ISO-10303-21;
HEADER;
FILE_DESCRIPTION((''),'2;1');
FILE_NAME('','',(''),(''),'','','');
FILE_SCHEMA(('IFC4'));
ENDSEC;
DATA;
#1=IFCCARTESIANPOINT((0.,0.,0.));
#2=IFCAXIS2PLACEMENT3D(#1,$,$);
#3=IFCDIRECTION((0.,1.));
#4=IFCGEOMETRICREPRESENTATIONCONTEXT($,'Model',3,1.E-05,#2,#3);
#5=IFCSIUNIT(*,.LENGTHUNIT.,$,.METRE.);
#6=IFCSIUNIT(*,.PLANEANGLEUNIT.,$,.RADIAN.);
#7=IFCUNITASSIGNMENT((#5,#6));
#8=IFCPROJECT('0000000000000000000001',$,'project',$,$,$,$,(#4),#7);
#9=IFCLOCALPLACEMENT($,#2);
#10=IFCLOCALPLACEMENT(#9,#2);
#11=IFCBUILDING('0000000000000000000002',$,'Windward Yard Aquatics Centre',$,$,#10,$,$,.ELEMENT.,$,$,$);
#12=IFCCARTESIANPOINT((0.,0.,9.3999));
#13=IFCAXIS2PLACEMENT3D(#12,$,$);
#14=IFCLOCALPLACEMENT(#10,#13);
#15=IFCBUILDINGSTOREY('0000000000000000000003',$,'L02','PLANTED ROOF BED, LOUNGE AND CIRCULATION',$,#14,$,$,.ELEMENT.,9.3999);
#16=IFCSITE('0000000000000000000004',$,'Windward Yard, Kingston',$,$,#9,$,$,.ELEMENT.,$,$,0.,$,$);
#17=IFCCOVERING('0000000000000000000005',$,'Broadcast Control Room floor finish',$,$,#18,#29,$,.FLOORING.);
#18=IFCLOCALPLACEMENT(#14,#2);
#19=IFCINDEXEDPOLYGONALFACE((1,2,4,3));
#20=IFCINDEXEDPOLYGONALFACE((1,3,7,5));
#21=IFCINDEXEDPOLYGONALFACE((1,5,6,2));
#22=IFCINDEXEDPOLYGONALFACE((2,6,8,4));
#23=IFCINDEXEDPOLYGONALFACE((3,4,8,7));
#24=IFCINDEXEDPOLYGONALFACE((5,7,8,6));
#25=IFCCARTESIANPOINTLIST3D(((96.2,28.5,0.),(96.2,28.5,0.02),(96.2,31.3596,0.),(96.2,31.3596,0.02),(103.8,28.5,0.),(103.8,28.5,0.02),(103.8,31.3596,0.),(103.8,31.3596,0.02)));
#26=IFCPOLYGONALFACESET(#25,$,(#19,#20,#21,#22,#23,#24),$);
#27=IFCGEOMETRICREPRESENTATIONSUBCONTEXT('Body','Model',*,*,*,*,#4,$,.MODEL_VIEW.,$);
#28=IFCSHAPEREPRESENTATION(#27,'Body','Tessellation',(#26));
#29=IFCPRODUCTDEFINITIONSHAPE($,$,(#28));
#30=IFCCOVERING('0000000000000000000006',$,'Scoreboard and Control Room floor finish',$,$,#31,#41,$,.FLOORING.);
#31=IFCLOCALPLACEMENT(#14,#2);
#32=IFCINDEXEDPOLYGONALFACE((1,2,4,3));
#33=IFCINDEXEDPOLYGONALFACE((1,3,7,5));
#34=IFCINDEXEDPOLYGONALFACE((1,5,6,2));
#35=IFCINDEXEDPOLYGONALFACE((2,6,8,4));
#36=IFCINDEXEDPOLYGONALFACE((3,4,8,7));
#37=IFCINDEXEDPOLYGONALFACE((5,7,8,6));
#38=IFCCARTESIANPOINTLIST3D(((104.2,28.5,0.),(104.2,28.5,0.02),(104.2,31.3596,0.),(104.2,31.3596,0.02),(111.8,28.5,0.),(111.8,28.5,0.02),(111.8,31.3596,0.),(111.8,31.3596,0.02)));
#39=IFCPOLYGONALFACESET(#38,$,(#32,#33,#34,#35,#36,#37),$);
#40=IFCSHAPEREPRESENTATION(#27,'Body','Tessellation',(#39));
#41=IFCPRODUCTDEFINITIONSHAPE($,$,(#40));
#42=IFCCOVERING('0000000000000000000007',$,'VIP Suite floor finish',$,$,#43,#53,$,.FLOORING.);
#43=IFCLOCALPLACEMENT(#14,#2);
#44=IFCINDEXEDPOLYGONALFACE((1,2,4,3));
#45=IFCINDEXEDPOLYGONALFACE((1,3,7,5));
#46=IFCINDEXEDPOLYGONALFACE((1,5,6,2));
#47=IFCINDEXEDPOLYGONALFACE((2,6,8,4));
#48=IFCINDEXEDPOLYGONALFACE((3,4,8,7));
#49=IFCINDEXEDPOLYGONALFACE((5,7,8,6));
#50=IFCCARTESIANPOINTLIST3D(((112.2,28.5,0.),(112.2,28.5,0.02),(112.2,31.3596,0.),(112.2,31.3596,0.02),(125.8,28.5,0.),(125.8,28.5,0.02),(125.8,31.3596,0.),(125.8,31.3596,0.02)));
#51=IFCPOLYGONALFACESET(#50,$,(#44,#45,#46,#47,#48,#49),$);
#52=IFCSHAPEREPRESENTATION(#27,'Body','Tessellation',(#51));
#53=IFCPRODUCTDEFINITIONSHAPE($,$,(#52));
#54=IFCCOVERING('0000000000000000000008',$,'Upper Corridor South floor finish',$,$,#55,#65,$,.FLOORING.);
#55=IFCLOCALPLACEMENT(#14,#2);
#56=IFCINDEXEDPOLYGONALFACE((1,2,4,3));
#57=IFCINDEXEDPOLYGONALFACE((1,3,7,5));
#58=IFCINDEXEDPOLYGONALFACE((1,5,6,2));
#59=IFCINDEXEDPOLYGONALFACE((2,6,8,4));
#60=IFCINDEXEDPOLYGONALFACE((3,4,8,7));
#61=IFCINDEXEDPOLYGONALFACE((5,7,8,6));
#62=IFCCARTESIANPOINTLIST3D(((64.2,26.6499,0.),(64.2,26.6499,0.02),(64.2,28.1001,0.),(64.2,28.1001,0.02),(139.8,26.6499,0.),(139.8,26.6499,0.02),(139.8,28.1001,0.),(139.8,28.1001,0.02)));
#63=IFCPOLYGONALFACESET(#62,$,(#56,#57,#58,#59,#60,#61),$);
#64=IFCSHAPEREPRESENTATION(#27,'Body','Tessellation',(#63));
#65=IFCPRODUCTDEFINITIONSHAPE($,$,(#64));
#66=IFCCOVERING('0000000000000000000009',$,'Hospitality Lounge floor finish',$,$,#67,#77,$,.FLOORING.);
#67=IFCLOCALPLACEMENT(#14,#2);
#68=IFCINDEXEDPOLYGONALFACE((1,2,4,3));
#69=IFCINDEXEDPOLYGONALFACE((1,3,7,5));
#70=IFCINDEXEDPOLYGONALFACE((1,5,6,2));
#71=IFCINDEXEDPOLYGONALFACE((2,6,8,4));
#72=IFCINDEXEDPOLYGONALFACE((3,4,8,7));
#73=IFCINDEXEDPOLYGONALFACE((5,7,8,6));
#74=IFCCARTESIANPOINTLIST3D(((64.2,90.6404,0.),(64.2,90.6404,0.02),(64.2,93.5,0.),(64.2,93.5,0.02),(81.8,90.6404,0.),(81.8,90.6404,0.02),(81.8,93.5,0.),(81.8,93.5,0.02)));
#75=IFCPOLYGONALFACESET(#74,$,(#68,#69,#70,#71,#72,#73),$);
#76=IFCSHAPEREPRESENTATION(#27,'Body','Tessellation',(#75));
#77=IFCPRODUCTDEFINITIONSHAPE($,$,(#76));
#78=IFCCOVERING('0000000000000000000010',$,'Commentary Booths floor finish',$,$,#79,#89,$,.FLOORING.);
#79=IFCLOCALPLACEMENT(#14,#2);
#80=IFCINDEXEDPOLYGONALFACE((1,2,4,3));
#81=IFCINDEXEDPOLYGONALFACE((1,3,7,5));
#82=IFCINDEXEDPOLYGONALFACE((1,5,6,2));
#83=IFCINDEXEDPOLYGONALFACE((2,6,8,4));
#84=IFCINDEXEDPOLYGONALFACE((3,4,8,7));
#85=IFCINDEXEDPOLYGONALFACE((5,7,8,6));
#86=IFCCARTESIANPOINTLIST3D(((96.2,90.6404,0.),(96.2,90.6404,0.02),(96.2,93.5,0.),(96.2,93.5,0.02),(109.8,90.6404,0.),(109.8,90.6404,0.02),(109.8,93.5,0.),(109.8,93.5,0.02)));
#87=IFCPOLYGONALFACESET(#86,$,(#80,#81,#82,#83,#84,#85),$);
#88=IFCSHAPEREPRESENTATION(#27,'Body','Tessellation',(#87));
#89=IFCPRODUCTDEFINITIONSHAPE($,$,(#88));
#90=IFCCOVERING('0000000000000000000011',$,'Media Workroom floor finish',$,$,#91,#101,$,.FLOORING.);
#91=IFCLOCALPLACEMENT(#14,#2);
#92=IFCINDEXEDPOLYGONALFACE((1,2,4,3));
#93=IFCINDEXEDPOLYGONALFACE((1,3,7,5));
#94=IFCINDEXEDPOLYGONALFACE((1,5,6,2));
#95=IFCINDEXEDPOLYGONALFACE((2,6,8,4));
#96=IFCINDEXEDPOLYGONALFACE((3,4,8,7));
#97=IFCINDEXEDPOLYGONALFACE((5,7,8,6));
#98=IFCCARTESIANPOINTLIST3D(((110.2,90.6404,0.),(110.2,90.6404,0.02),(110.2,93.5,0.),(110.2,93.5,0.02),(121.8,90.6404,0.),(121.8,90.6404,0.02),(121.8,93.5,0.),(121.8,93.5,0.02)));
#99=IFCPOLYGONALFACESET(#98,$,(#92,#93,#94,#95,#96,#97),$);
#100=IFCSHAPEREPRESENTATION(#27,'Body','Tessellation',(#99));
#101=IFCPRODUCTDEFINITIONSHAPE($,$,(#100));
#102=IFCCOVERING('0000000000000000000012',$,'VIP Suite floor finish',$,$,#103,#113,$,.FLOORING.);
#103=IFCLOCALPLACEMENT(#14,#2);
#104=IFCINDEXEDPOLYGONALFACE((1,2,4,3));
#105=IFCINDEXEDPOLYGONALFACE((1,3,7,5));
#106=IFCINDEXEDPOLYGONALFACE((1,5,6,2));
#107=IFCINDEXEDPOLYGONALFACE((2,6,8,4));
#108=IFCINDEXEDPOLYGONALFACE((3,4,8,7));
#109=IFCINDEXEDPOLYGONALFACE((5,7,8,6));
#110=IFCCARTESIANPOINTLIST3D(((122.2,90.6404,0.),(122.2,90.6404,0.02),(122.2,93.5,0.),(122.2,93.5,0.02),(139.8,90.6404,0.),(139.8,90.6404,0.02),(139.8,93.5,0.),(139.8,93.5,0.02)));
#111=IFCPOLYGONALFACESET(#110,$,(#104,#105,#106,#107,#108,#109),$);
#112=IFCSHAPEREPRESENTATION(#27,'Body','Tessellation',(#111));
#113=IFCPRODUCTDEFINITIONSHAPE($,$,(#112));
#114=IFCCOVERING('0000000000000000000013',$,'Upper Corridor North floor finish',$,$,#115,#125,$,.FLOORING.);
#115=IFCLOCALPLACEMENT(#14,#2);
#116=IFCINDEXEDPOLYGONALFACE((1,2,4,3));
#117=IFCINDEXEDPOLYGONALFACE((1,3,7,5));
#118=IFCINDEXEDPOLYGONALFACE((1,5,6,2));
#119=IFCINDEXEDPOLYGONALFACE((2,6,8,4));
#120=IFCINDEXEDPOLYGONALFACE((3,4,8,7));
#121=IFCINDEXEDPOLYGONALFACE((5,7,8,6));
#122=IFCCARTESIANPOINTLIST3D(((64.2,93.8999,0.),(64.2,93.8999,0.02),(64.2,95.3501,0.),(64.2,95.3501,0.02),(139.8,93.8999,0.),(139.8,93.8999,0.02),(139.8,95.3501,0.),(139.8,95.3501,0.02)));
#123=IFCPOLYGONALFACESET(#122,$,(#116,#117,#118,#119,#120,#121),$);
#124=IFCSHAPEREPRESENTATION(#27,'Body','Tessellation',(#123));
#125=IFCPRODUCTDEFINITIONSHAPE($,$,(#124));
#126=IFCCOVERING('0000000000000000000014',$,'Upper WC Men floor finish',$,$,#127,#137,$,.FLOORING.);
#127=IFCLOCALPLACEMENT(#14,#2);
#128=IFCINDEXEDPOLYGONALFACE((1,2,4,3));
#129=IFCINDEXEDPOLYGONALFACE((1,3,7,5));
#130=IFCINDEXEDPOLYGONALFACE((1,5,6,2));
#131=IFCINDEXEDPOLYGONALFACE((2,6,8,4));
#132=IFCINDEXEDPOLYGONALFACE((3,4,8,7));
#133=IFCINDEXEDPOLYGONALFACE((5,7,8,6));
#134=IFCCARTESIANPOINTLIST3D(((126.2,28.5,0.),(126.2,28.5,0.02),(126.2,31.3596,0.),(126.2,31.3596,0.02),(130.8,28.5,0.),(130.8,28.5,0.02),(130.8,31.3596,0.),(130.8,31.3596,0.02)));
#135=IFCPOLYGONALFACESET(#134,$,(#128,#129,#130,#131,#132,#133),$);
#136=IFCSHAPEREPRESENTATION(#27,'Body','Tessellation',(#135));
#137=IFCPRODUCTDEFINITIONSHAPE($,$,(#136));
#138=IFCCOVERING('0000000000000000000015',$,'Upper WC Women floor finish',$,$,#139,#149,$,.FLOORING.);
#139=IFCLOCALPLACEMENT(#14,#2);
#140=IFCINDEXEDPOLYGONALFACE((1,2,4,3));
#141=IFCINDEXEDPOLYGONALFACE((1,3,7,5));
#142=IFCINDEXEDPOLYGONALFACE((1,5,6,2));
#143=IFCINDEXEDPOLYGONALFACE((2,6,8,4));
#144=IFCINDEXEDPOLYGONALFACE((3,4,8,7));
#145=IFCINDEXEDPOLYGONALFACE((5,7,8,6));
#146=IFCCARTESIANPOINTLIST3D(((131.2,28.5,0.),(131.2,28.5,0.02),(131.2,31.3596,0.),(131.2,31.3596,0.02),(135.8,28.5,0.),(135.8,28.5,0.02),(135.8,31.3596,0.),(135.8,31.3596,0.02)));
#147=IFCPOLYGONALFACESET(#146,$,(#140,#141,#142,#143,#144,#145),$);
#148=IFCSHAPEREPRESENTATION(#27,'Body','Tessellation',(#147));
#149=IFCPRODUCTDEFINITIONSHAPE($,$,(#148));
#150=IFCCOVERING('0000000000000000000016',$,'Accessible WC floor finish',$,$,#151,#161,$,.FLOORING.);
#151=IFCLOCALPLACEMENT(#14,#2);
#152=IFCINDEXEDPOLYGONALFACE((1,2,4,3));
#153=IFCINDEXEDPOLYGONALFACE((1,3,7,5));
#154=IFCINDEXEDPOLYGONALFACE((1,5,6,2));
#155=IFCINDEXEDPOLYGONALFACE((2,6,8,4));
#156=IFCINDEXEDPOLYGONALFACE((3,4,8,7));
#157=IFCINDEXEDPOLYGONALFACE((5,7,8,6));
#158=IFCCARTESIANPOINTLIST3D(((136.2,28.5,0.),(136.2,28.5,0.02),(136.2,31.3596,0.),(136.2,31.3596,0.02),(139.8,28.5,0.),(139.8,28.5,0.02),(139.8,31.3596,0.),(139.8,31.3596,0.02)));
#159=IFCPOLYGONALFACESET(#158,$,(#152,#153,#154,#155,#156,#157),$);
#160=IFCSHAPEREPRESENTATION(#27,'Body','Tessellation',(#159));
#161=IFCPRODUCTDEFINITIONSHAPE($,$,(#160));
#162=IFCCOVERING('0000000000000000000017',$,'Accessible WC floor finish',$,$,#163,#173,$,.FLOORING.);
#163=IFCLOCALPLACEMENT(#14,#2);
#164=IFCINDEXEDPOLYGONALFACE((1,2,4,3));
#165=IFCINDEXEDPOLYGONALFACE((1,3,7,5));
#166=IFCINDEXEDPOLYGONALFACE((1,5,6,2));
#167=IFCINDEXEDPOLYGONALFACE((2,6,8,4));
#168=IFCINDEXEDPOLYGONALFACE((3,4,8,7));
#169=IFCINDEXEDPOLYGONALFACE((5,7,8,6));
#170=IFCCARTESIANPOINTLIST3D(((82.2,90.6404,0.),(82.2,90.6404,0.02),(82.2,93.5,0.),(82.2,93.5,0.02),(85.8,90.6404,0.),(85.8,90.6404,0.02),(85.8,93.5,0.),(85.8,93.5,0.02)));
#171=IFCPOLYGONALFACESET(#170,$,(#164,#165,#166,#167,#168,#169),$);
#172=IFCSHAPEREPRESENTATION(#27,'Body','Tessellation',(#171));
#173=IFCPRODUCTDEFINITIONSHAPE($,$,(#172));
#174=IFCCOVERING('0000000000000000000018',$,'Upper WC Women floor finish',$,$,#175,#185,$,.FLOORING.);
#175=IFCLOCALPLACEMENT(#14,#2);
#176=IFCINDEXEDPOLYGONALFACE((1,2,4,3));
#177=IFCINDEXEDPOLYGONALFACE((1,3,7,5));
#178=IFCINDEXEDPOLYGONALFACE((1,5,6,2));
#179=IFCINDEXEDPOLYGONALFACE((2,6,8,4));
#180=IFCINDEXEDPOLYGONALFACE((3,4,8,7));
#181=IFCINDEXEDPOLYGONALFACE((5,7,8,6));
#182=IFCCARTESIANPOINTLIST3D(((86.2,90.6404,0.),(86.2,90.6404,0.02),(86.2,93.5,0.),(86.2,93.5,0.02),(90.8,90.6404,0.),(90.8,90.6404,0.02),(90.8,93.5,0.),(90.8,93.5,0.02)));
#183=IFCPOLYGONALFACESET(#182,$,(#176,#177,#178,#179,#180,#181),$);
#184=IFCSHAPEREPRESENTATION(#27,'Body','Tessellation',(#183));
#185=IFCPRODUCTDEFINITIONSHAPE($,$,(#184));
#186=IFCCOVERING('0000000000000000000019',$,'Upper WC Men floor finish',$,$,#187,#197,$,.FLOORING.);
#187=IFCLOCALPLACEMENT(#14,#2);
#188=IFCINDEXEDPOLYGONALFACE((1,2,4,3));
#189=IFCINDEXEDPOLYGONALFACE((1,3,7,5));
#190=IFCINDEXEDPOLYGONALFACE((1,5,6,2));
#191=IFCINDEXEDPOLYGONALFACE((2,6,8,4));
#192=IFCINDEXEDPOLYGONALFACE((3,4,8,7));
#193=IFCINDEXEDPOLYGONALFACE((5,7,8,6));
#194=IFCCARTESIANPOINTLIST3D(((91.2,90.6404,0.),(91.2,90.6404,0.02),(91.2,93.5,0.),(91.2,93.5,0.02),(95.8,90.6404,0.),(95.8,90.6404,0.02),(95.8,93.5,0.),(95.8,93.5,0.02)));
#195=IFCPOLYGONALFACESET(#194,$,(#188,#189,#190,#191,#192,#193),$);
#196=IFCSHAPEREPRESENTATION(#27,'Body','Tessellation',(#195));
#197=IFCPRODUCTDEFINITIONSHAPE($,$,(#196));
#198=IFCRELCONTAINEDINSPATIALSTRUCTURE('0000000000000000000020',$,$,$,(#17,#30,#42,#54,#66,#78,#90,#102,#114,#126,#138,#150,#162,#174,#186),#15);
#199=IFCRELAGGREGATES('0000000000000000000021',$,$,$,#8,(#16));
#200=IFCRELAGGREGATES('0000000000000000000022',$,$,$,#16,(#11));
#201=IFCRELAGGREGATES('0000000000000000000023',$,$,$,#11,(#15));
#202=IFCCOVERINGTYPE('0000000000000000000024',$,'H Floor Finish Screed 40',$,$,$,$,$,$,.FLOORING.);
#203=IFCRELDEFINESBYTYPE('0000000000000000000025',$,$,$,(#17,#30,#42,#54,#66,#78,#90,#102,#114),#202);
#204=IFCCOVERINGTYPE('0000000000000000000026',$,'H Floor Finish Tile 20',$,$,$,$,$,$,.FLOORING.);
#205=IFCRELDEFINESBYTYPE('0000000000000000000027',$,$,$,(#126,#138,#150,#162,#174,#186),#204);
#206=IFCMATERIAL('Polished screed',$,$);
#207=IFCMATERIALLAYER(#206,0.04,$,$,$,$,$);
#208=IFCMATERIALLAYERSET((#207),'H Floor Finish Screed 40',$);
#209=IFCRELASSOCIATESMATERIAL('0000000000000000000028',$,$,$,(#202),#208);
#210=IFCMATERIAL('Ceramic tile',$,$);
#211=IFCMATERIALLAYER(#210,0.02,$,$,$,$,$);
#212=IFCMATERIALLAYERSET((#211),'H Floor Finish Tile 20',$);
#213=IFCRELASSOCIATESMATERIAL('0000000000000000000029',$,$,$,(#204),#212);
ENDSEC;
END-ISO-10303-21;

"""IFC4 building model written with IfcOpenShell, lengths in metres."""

from ifc_helpers import new_model, si_unit, direction, frame, origin, place, context, subcontext, project, spatial, polyline, outline, extrude, material, layer, layer_set, type_object, element, save


model = new_model("IFC4")

# Units and contexts
model_context = context("Model", 3, precision=1e-05, world=origin(), true_north=direction((0.0, 1.0)))
body_context = subcontext(model_context, "Body", "Model", "MODEL_VIEW")
ifc_project = project(units=[si_unit("LENGTHUNIT", "METRE"), si_unit("PLANEANGLEUNIT", "RADIAN")], contexts=[model_context])

# Site, building, storey
site_placement = place(None, origin())
site = spatial("IfcSite", under=ifc_project, at=site_placement, Name="Windward Yard, Kingston", CompositionType="ELEMENT", RefElevation=0.0)
building_placement = place(site_placement, origin())
building = spatial("IfcBuilding", under=site, at=building_placement, Name="Windward Yard Aquatics Centre", CompositionType="ELEMENT")
storey_placement = place(building_placement, frame((0.0, 0.0, 9.3999)))
storey = spatial("IfcBuildingStorey", under=building, at=storey_placement, Name="L02", Description="PLANTED ROOF BED, LOUNGE AND CIRCULATION", CompositionType="ELEMENT", Elevation=9.3999)

# Coverings
ifc_material_1 = material(Name="Polished screed")
ifc_layer_1 = layer(ifc_material_1, 0.04)
ifc_layer_set_1 = layer_set([ifc_layer_1], Name="H Floor Finish Screed 40")
covering_type_1 = type_object("IfcCoveringType", Name="H Floor Finish Screed 40", PredefinedType="FLOORING", material=ifc_layer_set_1)
covering_1_placement = place(storey_placement, origin())
element("IfcCovering", 1, at=covering_1_placement, inside=storey, type_object=covering_type_1, Name="Broadcast Control Room floor finish", PredefinedType="FLOORING", context=body_context, shape_type="SweptSolid", body=[
    extrude(outline(polyline([(96.2, 28.5), (96.2, 31.3596), (103.8, 31.3596), (103.8, 28.5), (96.2, 28.5)])), origin(), (0.0, 0.0, 1.0), 0.02),
])
covering_2_placement = place(storey_placement, origin())
element("IfcCovering", 2, at=covering_2_placement, inside=storey, type_object=covering_type_1, Name="Scoreboard and Control Room floor finish", PredefinedType="FLOORING", context=body_context, shape_type="SweptSolid", body=[
    extrude(outline(polyline([(104.2, 28.5), (104.2, 31.3596), (111.8, 31.3596), (111.8, 28.5), (104.2, 28.5)])), origin(), (0.0, 0.0, 1.0), 0.02),
])
covering_3_placement = place(storey_placement, origin())
element("IfcCovering", 3, at=covering_3_placement, inside=storey, type_object=covering_type_1, Name="VIP Suite floor finish", PredefinedType="FLOORING", context=body_context, shape_type="SweptSolid", body=[
    extrude(outline(polyline([(112.2, 28.5), (112.2, 31.3596), (125.8, 31.3596), (125.8, 28.5), (112.2, 28.5)])), origin(), (0.0, 0.0, 1.0), 0.02),
])
covering_4_placement = place(storey_placement, origin())
element("IfcCovering", 4, at=covering_4_placement, inside=storey, type_object=covering_type_1, Name="Upper Corridor South floor finish", PredefinedType="FLOORING", context=body_context, shape_type="SweptSolid", body=[
    extrude(outline(polyline([(64.2, 26.6499), (64.2, 28.1001), (139.8, 28.1001), (139.8, 26.6499), (64.2, 26.6499)])), origin(), (0.0, 0.0, 1.0), 0.02),
])
covering_5_placement = place(storey_placement, origin())
element("IfcCovering", 5, at=covering_5_placement, inside=storey, type_object=covering_type_1, Name="Hospitality Lounge floor finish", PredefinedType="FLOORING", context=body_context, shape_type="SweptSolid", body=[
    extrude(outline(polyline([(64.2, 90.6404), (64.2, 93.5), (81.8, 93.5), (81.8, 90.6404), (64.2, 90.6404)])), origin(), (0.0, 0.0, 1.0), 0.02),
])
covering_6_placement = place(storey_placement, origin())
element("IfcCovering", 6, at=covering_6_placement, inside=storey, type_object=covering_type_1, Name="Commentary Booths floor finish", PredefinedType="FLOORING", context=body_context, shape_type="SweptSolid", body=[
    extrude(outline(polyline([(96.2, 90.6404), (96.2, 93.5), (109.8, 93.5), (109.8, 90.6404), (96.2, 90.6404)])), origin(), (0.0, 0.0, 1.0), 0.02),
])
covering_7_placement = place(storey_placement, origin())
element("IfcCovering", 7, at=covering_7_placement, inside=storey, type_object=covering_type_1, Name="Media Workroom floor finish", PredefinedType="FLOORING", context=body_context, shape_type="SweptSolid", body=[
    extrude(outline(polyline([(110.2, 90.6404), (110.2, 93.5), (121.8, 93.5), (121.8, 90.6404), (110.2, 90.6404)])), origin(), (0.0, 0.0, 1.0), 0.02),
])
covering_8_placement = place(storey_placement, origin())
element("IfcCovering", 8, at=covering_8_placement, inside=storey, type_object=covering_type_1, Name="VIP Suite floor finish", PredefinedType="FLOORING", context=body_context, shape_type="SweptSolid", body=[
    extrude(outline(polyline([(122.2, 90.6404), (122.2, 93.5), (139.8, 93.5), (139.8, 90.6404), (122.2, 90.6404)])), origin(), (0.0, 0.0, 1.0), 0.02),
])
covering_9_placement = place(storey_placement, origin())
element("IfcCovering", 9, at=covering_9_placement, inside=storey, type_object=covering_type_1, Name="Upper Corridor North floor finish", PredefinedType="FLOORING", context=body_context, shape_type="SweptSolid", body=[
    extrude(outline(polyline([(64.2, 93.8999), (64.2, 95.3501), (139.8, 95.3501), (139.8, 93.8999), (64.2, 93.8999)])), origin(), (0.0, 0.0, 1.0), 0.02),
])
ifc_material_2 = material(Name="Ceramic tile")
ifc_layer_2 = layer(ifc_material_2, 0.02)
ifc_layer_set_2 = layer_set([ifc_layer_2], Name="H Floor Finish Tile 20")
covering_type_2 = type_object("IfcCoveringType", Name="H Floor Finish Tile 20", PredefinedType="FLOORING", material=ifc_layer_set_2)
covering_10_placement = place(storey_placement, origin())
element("IfcCovering", 10, at=covering_10_placement, inside=storey, type_object=covering_type_2, Name="Upper WC Men floor finish", PredefinedType="FLOORING", context=body_context, shape_type="SweptSolid", body=[
    extrude(outline(polyline([(126.2, 28.5), (126.2, 31.3596), (130.8, 31.3596), (130.8, 28.5), (126.2, 28.5)])), origin(), (0.0, 0.0, 1.0), 0.02),
])
covering_11_placement = place(storey_placement, origin())
element("IfcCovering", 11, at=covering_11_placement, inside=storey, type_object=covering_type_2, Name="Upper WC Women floor finish", PredefinedType="FLOORING", context=body_context, shape_type="SweptSolid", body=[
    extrude(outline(polyline([(131.2, 28.5), (131.2, 31.3596), (135.8, 31.3596), (135.8, 28.5), (131.2, 28.5)])), origin(), (0.0, 0.0, 1.0), 0.02),
])
covering_12_placement = place(storey_placement, origin())
element("IfcCovering", 12, at=covering_12_placement, inside=storey, type_object=covering_type_2, Name="Accessible WC floor finish", PredefinedType="FLOORING", context=body_context, shape_type="SweptSolid", body=[
    extrude(outline(polyline([(136.2, 28.5), (136.2, 31.3596), (139.8, 31.3596), (139.8, 28.5), (136.2, 28.5)])), origin(), (0.0, 0.0, 1.0), 0.02),
])
covering_13_placement = place(storey_placement, origin())
element("IfcCovering", 13, at=covering_13_placement, inside=storey, type_object=covering_type_2, Name="Accessible WC floor finish", PredefinedType="FLOORING", context=body_context, shape_type="SweptSolid", body=[
    extrude(outline(polyline([(82.2, 90.6404), (82.2, 93.5), (85.8, 93.5), (85.8, 90.6404), (82.2, 90.6404)])), origin(), (0.0, 0.0, 1.0), 0.02),
])
covering_14_placement = place(storey_placement, origin())
element("IfcCovering", 14, at=covering_14_placement, inside=storey, type_object=covering_type_2, Name="Upper WC Women floor finish", PredefinedType="FLOORING", context=body_context, shape_type="SweptSolid", body=[
    extrude(outline(polyline([(86.2, 90.6404), (86.2, 93.5), (90.8, 93.5), (90.8, 90.6404), (86.2, 90.6404)])), origin(), (0.0, 0.0, 1.0), 0.02),
])
covering_15_placement = place(storey_placement, origin())
element("IfcCovering", 15, at=covering_15_placement, inside=storey, type_object=covering_type_2, Name="Upper WC Men floor finish", PredefinedType="FLOORING", context=body_context, shape_type="SweptSolid", body=[
    extrude(outline(polyline([(91.2, 90.6404), (91.2, 93.5), (95.8, 93.5), (95.8, 90.6404), (91.2, 90.6404)])), origin(), (0.0, 0.0, 1.0), 0.02),
])

save(model, "model.ifc")
